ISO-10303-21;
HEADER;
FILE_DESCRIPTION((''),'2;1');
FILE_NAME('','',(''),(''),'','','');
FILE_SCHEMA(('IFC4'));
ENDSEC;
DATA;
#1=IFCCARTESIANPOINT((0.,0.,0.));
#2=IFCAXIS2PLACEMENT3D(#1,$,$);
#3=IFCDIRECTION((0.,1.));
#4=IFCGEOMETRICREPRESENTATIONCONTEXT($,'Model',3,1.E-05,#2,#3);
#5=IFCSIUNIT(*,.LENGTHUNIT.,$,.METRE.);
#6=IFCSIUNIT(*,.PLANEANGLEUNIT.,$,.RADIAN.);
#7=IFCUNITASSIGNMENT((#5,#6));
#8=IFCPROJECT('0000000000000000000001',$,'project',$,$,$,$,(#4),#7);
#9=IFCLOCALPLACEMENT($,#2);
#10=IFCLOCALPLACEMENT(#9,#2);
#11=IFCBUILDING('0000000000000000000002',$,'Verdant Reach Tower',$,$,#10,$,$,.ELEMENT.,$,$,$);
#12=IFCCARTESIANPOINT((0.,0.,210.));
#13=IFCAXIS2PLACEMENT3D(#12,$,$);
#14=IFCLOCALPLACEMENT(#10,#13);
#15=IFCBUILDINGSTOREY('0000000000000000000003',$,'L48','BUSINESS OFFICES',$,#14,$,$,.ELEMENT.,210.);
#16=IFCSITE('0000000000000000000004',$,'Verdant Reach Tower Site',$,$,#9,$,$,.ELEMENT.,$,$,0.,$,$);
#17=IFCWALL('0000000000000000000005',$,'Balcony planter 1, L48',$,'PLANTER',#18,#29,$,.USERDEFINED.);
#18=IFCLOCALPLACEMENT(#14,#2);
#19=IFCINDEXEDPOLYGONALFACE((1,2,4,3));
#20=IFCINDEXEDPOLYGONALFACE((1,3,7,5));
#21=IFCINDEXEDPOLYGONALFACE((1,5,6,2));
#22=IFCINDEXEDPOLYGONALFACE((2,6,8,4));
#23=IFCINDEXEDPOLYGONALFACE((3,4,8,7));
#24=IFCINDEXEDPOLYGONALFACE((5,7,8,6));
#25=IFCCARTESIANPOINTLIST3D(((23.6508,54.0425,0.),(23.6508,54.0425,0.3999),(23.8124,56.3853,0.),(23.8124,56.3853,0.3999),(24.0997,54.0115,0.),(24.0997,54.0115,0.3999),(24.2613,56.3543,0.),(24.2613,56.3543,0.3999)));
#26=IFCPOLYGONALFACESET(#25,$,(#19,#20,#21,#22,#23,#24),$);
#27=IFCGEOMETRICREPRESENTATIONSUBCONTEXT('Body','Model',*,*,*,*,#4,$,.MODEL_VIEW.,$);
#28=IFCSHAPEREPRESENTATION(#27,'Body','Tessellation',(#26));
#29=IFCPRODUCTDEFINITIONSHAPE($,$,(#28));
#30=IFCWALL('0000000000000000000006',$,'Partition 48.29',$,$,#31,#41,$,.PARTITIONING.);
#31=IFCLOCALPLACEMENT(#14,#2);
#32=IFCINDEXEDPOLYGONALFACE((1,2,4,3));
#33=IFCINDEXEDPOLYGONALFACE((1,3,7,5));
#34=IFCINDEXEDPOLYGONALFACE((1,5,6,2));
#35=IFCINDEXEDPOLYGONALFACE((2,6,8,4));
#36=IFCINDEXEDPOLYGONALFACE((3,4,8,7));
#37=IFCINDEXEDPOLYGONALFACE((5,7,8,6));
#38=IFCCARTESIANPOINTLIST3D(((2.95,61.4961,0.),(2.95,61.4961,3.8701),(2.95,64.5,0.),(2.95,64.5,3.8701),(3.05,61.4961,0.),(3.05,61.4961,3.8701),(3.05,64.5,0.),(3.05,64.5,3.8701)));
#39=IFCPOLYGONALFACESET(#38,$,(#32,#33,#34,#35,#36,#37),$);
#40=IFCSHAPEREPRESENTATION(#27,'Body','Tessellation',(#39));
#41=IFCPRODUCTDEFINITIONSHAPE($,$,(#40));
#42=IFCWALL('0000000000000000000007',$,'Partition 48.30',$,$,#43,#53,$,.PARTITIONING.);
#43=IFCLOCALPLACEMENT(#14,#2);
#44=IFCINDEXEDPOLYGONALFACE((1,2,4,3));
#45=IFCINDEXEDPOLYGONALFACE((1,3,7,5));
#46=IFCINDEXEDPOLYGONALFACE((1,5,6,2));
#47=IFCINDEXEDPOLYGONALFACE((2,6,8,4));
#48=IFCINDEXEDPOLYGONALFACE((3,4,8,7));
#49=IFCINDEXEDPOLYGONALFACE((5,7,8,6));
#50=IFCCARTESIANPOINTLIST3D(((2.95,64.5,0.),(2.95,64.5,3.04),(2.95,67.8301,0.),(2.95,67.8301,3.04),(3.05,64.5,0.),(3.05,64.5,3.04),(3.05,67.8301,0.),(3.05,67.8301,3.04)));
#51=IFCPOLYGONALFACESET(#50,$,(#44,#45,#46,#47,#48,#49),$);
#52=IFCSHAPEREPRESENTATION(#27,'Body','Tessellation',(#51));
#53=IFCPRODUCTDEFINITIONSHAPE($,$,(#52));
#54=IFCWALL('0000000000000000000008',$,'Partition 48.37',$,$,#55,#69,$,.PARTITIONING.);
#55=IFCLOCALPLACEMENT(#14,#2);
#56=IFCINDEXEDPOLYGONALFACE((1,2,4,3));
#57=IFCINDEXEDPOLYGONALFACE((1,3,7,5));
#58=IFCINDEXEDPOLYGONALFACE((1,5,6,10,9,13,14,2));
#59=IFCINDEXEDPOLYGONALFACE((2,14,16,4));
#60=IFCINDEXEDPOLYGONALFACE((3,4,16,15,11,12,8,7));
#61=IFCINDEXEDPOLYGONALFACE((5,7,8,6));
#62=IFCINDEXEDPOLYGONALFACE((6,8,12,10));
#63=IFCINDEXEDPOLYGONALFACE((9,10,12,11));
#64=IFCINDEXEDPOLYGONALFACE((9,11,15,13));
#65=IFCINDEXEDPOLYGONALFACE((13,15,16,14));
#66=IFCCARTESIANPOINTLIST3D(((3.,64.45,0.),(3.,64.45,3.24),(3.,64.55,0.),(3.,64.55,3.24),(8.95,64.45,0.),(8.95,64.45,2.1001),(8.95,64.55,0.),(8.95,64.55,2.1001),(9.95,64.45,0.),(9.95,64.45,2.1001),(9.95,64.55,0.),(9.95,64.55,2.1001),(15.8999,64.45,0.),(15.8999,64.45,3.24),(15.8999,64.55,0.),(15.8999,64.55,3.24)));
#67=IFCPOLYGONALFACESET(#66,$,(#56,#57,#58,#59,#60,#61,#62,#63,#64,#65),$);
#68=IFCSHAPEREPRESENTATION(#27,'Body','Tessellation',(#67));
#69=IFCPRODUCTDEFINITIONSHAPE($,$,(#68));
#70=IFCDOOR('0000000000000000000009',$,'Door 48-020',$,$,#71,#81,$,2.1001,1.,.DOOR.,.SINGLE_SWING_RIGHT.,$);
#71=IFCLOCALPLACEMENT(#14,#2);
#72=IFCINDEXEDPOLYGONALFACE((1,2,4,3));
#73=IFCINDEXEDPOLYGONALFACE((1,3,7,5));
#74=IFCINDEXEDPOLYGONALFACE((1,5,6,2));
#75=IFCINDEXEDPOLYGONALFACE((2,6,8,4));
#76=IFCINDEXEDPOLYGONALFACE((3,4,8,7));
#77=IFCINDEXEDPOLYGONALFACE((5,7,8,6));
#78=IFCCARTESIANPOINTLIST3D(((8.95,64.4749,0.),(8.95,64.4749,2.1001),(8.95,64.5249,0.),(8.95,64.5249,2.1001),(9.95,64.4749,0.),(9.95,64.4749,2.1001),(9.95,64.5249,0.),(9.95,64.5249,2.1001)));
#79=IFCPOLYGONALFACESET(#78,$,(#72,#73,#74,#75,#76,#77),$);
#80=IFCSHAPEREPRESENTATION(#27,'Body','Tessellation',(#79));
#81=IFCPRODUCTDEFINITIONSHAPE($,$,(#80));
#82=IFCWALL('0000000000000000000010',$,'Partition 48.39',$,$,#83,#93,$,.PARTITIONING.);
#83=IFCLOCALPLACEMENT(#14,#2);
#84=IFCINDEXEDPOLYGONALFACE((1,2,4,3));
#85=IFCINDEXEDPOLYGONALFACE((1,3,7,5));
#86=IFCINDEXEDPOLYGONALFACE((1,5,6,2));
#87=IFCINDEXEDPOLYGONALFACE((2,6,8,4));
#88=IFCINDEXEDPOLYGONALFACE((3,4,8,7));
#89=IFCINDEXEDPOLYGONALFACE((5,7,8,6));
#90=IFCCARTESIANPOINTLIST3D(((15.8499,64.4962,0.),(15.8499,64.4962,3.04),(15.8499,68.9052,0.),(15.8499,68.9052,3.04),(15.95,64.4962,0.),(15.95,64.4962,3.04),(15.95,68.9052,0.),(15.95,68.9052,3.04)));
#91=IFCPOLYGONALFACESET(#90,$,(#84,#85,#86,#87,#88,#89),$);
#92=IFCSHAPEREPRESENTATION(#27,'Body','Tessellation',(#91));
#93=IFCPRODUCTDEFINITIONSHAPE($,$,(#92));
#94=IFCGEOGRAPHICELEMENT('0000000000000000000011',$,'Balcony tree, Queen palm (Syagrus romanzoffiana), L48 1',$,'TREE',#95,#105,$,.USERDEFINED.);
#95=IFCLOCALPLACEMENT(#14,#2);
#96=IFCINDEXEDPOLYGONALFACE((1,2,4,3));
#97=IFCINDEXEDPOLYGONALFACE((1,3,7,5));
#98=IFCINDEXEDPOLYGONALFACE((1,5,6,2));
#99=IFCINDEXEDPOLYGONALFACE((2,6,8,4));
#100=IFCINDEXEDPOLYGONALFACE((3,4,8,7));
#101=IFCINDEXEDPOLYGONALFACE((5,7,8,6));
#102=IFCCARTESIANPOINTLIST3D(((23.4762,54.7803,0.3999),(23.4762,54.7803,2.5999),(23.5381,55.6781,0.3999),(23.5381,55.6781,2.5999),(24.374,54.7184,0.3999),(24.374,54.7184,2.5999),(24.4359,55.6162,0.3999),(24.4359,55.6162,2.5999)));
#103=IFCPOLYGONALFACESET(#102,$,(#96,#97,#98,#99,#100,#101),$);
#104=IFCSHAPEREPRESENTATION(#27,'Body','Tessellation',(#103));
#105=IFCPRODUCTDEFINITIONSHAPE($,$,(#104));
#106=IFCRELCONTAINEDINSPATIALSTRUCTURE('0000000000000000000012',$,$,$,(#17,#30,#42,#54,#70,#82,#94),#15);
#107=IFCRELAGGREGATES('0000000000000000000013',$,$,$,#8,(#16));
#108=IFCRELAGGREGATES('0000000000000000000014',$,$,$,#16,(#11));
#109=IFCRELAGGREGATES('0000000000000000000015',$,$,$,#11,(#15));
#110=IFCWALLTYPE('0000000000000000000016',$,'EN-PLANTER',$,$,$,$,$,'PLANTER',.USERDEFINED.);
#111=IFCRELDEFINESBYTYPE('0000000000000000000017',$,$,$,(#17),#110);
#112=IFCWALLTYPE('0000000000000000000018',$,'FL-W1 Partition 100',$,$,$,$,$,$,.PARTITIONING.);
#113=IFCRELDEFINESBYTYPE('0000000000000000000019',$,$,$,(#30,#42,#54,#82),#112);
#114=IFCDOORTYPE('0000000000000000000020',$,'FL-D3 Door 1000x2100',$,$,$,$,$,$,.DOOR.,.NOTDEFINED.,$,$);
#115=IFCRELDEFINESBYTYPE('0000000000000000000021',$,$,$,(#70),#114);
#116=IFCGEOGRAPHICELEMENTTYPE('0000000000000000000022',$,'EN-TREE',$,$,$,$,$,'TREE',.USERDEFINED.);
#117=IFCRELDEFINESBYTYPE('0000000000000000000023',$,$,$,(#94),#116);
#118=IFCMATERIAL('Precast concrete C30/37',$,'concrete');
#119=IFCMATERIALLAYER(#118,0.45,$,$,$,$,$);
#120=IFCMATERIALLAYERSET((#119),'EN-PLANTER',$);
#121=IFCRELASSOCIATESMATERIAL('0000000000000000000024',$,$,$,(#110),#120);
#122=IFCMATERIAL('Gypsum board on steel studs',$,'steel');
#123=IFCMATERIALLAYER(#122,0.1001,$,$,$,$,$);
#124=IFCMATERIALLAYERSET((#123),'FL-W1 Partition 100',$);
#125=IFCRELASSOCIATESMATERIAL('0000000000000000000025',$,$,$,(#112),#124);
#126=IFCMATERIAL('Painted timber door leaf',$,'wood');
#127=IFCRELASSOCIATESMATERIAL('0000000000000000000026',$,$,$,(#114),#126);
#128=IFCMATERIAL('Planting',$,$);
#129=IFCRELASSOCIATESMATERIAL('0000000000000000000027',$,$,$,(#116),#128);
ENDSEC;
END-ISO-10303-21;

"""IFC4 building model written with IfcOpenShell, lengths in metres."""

from ifc_helpers import new_model, si_unit, direction, frame, frame_2d, origin, origin_2d, place, context, subcontext, project, spatial, rectangle, extrude, material, layer, layer_set, type_object, element, fill, save


model = new_model("IFC4")

# Units and contexts
model_context = context("Model", 3, precision=1e-05, world=origin(), true_north=direction((0.0, 1.0)))
body_context = subcontext(model_context, "Body", "Model", "MODEL_VIEW")
ifc_project = project(units=[si_unit("LENGTHUNIT", "METRE"), si_unit("PLANEANGLEUNIT", "RADIAN")], contexts=[model_context])

# Site, building, storey
site_placement = place(None, origin())
site = spatial("IfcSite", under=ifc_project, at=site_placement, Name="Verdant Reach Tower Site", CompositionType="ELEMENT", RefElevation=0.0)
building_placement = place(site_placement, origin())
building = spatial("IfcBuilding", under=site, at=building_placement, Name="Verdant Reach Tower", CompositionType="ELEMENT")
storey_placement = place(building_placement, frame((0.0, 0.0, 210.0)))
storey = spatial("IfcBuildingStorey", under=building, at=storey_placement, Name="L48", Description="BUSINESS OFFICES", CompositionType="ELEMENT", Elevation=210.0)

# Walls
ifc_material_1 = material(Name="Precast concrete C30/37", Category="concrete")
ifc_layer_1 = layer(ifc_material_1, 0.45)
ifc_layer_set_1 = layer_set([ifc_layer_1], Name="EN-PLANTER")
wall_type_1 = type_object("IfcWallType", Name="EN-PLANTER", ElementType="PLANTER", PredefinedType="USERDEFINED", material=ifc_layer_set_1)
wall_1_placement = place(storey_placement, frame((23.8752, 54.0269, 0.0), z_axis=(0.0, 0.0, 1.0), x_axis=(0.068823, 0.997629, 0.0)))
element("IfcWall", 1, at=wall_1_placement, inside=storey, type_object=wall_type_1, Name="Balcony planter 1, L48", ObjectType="PLANTER", PredefinedType="USERDEFINED", context=body_context, shape_type="SweptSolid", body=[
    extrude(rectangle(XDim=2.3484, YDim=0.45, at=frame_2d((1.1743, 0.0))), origin(), (0.0, 0.0, 1.0), 0.3999),
])
ifc_material_2 = material(Name="Gypsum board on steel studs", Category="steel")
ifc_layer_2 = layer(ifc_material_2, 0.1001)
ifc_layer_set_2 = layer_set([ifc_layer_2], Name="FL-W1 Partition 100")
wall_type_2 = type_object("IfcWallType", Name="FL-W1 Partition 100", PredefinedType="PARTITIONING", material=ifc_layer_set_2)
wall_2_placement = place(storey_placement, frame((3.0, 61.4961, 0.0), z_axis=(0.0, 0.0, 1.0), x_axis=(0.0, 1.0, 0.0)))
element("IfcWall", 2, at=wall_2_placement, inside=storey, type_object=wall_type_2, Name="Partition 48.29", PredefinedType="PARTITIONING", context=body_context, shape_type="SweptSolid", body=[
    extrude(rectangle(XDim=3.0039, YDim=0.1001, at=frame_2d((1.502, 0.0))), origin(), (0.0, 0.0, 1.0), 3.8701),
])
wall_3_placement = place(storey_placement, frame((3.0, 64.5, 0.0), z_axis=(0.0, 0.0, 1.0), x_axis=(0.0, 1.0, 0.0)))
element("IfcWall", 3, at=wall_3_placement, inside=storey, type_object=wall_type_2, Name="Partition 48.30", PredefinedType="PARTITIONING", context=body_context, shape_type="SweptSolid", body=[
    extrude(rectangle(XDim=3.3301, YDim=0.1001, at=frame_2d((1.665, 0.0))), origin(), (0.0, 0.0, 1.0), 3.04),
])

# Wall, opening, door
wall_4_placement = place(storey_placement, frame((3.0, 64.5, 0.0), z_axis=(0.0, 0.0, 1.0), x_axis=(1.0, 0.0, 0.0)))
wall_4 = element("IfcWall", 4, at=wall_4_placement, inside=storey, type_object=wall_type_2, Name="Partition 48.37", PredefinedType="PARTITIONING", context=body_context, shape_type="SweptSolid", body=[
    extrude(rectangle(XDim=12.8999, YDim=0.1001, at=frame_2d((6.45, 0.0))), origin(), (0.0, 0.0, 1.0), 3.24),
])
opening_1_placement = place(wall_4_placement, frame((5.95, 0.0, 0.0)))
opening_1 = element("IfcOpeningElement", 5, at=opening_1_placement, cuts=wall_4, PredefinedType="OPENING", context=body_context, shape_type="SweptSolid", body=[
    extrude(rectangle(XDim=1.0, YDim=2.1001, at=frame_2d((0.5, 1.05))), frame((0.0, 0.0601, 0.0), z_axis=(0.0, -1.0, 0.0), x_axis=(1.0, 0.0, 0.0)), (0.0, 0.0, 1.0), 0.1201),
])
ifc_material_3 = material(Name="Painted timber door leaf", Category="wood")
door_type_1 = type_object("IfcDoorType", Name="FL-D3 Door 1000x2100", OperationType="NOTDEFINED", PredefinedType="DOOR", material=ifc_material_3)
door_1_placement = place(opening_1_placement, origin())
door_1 = element("IfcDoor", 6, at=door_1_placement, inside=storey, type_object=door_type_1, Name="Door 48-020", OperationType="SINGLE_SWING_RIGHT", OverallHeight=2.1001, OverallWidth=1.0, PredefinedType="DOOR", context=body_context, shape_type="SweptSolid", body=[
    extrude(rectangle(XDim=1.0, YDim=2.1001, at=frame_2d((0.5, 1.05))), frame((0.0, 0.0249, 0.0), z_axis=(0.0, -1.0, 0.0), x_axis=(1.0, 0.0, 0.0)), (0.0, 0.0, 1.0), 0.05),
])
fill(opening_1, door_1)

# Wall
wall_5_placement = place(storey_placement, frame((15.8999, 64.4961, 0.0), z_axis=(0.0, 0.0, 1.0), x_axis=(0.0, 1.0, 0.0)))
element("IfcWall", 7, at=wall_5_placement, inside=storey, type_object=wall_type_2, Name="Partition 48.39", PredefinedType="PARTITIONING", context=body_context, shape_type="SweptSolid", body=[
    extrude(rectangle(XDim=4.4089, YDim=0.1001, at=frame_2d((2.2046, 0.0))), origin(), (0.0, 0.0, 1.0), 3.04),
])

# Geographic element
ifc_material_4 = material(Name="Planting")
geographic_element_type = type_object("IfcGeographicElementType", Name="EN-TREE", ElementType="TREE", PredefinedType="USERDEFINED", material=ifc_material_4)
geographic_element_placement = place(storey_placement, frame((23.9561, 55.1982, 0.3999), z_axis=(0.0, 0.0, 1.0), x_axis=(0.068802, 0.99763, 0.0)))
element("IfcGeographicElement", 8, at=geographic_element_placement, inside=storey, type_object=geographic_element_type, Name="Balcony tree, Queen palm (Syagrus romanzoffiana), L48 1", ObjectType="TREE", PredefinedType="USERDEFINED", context=body_context, shape_type="SweptSolid", body=[
    extrude(rectangle(XDim=0.8999, YDim=0.8999, at=origin_2d()), origin(), (0.0, 0.0, 1.0), 2.2),
])

save(model, "model.ifc")
